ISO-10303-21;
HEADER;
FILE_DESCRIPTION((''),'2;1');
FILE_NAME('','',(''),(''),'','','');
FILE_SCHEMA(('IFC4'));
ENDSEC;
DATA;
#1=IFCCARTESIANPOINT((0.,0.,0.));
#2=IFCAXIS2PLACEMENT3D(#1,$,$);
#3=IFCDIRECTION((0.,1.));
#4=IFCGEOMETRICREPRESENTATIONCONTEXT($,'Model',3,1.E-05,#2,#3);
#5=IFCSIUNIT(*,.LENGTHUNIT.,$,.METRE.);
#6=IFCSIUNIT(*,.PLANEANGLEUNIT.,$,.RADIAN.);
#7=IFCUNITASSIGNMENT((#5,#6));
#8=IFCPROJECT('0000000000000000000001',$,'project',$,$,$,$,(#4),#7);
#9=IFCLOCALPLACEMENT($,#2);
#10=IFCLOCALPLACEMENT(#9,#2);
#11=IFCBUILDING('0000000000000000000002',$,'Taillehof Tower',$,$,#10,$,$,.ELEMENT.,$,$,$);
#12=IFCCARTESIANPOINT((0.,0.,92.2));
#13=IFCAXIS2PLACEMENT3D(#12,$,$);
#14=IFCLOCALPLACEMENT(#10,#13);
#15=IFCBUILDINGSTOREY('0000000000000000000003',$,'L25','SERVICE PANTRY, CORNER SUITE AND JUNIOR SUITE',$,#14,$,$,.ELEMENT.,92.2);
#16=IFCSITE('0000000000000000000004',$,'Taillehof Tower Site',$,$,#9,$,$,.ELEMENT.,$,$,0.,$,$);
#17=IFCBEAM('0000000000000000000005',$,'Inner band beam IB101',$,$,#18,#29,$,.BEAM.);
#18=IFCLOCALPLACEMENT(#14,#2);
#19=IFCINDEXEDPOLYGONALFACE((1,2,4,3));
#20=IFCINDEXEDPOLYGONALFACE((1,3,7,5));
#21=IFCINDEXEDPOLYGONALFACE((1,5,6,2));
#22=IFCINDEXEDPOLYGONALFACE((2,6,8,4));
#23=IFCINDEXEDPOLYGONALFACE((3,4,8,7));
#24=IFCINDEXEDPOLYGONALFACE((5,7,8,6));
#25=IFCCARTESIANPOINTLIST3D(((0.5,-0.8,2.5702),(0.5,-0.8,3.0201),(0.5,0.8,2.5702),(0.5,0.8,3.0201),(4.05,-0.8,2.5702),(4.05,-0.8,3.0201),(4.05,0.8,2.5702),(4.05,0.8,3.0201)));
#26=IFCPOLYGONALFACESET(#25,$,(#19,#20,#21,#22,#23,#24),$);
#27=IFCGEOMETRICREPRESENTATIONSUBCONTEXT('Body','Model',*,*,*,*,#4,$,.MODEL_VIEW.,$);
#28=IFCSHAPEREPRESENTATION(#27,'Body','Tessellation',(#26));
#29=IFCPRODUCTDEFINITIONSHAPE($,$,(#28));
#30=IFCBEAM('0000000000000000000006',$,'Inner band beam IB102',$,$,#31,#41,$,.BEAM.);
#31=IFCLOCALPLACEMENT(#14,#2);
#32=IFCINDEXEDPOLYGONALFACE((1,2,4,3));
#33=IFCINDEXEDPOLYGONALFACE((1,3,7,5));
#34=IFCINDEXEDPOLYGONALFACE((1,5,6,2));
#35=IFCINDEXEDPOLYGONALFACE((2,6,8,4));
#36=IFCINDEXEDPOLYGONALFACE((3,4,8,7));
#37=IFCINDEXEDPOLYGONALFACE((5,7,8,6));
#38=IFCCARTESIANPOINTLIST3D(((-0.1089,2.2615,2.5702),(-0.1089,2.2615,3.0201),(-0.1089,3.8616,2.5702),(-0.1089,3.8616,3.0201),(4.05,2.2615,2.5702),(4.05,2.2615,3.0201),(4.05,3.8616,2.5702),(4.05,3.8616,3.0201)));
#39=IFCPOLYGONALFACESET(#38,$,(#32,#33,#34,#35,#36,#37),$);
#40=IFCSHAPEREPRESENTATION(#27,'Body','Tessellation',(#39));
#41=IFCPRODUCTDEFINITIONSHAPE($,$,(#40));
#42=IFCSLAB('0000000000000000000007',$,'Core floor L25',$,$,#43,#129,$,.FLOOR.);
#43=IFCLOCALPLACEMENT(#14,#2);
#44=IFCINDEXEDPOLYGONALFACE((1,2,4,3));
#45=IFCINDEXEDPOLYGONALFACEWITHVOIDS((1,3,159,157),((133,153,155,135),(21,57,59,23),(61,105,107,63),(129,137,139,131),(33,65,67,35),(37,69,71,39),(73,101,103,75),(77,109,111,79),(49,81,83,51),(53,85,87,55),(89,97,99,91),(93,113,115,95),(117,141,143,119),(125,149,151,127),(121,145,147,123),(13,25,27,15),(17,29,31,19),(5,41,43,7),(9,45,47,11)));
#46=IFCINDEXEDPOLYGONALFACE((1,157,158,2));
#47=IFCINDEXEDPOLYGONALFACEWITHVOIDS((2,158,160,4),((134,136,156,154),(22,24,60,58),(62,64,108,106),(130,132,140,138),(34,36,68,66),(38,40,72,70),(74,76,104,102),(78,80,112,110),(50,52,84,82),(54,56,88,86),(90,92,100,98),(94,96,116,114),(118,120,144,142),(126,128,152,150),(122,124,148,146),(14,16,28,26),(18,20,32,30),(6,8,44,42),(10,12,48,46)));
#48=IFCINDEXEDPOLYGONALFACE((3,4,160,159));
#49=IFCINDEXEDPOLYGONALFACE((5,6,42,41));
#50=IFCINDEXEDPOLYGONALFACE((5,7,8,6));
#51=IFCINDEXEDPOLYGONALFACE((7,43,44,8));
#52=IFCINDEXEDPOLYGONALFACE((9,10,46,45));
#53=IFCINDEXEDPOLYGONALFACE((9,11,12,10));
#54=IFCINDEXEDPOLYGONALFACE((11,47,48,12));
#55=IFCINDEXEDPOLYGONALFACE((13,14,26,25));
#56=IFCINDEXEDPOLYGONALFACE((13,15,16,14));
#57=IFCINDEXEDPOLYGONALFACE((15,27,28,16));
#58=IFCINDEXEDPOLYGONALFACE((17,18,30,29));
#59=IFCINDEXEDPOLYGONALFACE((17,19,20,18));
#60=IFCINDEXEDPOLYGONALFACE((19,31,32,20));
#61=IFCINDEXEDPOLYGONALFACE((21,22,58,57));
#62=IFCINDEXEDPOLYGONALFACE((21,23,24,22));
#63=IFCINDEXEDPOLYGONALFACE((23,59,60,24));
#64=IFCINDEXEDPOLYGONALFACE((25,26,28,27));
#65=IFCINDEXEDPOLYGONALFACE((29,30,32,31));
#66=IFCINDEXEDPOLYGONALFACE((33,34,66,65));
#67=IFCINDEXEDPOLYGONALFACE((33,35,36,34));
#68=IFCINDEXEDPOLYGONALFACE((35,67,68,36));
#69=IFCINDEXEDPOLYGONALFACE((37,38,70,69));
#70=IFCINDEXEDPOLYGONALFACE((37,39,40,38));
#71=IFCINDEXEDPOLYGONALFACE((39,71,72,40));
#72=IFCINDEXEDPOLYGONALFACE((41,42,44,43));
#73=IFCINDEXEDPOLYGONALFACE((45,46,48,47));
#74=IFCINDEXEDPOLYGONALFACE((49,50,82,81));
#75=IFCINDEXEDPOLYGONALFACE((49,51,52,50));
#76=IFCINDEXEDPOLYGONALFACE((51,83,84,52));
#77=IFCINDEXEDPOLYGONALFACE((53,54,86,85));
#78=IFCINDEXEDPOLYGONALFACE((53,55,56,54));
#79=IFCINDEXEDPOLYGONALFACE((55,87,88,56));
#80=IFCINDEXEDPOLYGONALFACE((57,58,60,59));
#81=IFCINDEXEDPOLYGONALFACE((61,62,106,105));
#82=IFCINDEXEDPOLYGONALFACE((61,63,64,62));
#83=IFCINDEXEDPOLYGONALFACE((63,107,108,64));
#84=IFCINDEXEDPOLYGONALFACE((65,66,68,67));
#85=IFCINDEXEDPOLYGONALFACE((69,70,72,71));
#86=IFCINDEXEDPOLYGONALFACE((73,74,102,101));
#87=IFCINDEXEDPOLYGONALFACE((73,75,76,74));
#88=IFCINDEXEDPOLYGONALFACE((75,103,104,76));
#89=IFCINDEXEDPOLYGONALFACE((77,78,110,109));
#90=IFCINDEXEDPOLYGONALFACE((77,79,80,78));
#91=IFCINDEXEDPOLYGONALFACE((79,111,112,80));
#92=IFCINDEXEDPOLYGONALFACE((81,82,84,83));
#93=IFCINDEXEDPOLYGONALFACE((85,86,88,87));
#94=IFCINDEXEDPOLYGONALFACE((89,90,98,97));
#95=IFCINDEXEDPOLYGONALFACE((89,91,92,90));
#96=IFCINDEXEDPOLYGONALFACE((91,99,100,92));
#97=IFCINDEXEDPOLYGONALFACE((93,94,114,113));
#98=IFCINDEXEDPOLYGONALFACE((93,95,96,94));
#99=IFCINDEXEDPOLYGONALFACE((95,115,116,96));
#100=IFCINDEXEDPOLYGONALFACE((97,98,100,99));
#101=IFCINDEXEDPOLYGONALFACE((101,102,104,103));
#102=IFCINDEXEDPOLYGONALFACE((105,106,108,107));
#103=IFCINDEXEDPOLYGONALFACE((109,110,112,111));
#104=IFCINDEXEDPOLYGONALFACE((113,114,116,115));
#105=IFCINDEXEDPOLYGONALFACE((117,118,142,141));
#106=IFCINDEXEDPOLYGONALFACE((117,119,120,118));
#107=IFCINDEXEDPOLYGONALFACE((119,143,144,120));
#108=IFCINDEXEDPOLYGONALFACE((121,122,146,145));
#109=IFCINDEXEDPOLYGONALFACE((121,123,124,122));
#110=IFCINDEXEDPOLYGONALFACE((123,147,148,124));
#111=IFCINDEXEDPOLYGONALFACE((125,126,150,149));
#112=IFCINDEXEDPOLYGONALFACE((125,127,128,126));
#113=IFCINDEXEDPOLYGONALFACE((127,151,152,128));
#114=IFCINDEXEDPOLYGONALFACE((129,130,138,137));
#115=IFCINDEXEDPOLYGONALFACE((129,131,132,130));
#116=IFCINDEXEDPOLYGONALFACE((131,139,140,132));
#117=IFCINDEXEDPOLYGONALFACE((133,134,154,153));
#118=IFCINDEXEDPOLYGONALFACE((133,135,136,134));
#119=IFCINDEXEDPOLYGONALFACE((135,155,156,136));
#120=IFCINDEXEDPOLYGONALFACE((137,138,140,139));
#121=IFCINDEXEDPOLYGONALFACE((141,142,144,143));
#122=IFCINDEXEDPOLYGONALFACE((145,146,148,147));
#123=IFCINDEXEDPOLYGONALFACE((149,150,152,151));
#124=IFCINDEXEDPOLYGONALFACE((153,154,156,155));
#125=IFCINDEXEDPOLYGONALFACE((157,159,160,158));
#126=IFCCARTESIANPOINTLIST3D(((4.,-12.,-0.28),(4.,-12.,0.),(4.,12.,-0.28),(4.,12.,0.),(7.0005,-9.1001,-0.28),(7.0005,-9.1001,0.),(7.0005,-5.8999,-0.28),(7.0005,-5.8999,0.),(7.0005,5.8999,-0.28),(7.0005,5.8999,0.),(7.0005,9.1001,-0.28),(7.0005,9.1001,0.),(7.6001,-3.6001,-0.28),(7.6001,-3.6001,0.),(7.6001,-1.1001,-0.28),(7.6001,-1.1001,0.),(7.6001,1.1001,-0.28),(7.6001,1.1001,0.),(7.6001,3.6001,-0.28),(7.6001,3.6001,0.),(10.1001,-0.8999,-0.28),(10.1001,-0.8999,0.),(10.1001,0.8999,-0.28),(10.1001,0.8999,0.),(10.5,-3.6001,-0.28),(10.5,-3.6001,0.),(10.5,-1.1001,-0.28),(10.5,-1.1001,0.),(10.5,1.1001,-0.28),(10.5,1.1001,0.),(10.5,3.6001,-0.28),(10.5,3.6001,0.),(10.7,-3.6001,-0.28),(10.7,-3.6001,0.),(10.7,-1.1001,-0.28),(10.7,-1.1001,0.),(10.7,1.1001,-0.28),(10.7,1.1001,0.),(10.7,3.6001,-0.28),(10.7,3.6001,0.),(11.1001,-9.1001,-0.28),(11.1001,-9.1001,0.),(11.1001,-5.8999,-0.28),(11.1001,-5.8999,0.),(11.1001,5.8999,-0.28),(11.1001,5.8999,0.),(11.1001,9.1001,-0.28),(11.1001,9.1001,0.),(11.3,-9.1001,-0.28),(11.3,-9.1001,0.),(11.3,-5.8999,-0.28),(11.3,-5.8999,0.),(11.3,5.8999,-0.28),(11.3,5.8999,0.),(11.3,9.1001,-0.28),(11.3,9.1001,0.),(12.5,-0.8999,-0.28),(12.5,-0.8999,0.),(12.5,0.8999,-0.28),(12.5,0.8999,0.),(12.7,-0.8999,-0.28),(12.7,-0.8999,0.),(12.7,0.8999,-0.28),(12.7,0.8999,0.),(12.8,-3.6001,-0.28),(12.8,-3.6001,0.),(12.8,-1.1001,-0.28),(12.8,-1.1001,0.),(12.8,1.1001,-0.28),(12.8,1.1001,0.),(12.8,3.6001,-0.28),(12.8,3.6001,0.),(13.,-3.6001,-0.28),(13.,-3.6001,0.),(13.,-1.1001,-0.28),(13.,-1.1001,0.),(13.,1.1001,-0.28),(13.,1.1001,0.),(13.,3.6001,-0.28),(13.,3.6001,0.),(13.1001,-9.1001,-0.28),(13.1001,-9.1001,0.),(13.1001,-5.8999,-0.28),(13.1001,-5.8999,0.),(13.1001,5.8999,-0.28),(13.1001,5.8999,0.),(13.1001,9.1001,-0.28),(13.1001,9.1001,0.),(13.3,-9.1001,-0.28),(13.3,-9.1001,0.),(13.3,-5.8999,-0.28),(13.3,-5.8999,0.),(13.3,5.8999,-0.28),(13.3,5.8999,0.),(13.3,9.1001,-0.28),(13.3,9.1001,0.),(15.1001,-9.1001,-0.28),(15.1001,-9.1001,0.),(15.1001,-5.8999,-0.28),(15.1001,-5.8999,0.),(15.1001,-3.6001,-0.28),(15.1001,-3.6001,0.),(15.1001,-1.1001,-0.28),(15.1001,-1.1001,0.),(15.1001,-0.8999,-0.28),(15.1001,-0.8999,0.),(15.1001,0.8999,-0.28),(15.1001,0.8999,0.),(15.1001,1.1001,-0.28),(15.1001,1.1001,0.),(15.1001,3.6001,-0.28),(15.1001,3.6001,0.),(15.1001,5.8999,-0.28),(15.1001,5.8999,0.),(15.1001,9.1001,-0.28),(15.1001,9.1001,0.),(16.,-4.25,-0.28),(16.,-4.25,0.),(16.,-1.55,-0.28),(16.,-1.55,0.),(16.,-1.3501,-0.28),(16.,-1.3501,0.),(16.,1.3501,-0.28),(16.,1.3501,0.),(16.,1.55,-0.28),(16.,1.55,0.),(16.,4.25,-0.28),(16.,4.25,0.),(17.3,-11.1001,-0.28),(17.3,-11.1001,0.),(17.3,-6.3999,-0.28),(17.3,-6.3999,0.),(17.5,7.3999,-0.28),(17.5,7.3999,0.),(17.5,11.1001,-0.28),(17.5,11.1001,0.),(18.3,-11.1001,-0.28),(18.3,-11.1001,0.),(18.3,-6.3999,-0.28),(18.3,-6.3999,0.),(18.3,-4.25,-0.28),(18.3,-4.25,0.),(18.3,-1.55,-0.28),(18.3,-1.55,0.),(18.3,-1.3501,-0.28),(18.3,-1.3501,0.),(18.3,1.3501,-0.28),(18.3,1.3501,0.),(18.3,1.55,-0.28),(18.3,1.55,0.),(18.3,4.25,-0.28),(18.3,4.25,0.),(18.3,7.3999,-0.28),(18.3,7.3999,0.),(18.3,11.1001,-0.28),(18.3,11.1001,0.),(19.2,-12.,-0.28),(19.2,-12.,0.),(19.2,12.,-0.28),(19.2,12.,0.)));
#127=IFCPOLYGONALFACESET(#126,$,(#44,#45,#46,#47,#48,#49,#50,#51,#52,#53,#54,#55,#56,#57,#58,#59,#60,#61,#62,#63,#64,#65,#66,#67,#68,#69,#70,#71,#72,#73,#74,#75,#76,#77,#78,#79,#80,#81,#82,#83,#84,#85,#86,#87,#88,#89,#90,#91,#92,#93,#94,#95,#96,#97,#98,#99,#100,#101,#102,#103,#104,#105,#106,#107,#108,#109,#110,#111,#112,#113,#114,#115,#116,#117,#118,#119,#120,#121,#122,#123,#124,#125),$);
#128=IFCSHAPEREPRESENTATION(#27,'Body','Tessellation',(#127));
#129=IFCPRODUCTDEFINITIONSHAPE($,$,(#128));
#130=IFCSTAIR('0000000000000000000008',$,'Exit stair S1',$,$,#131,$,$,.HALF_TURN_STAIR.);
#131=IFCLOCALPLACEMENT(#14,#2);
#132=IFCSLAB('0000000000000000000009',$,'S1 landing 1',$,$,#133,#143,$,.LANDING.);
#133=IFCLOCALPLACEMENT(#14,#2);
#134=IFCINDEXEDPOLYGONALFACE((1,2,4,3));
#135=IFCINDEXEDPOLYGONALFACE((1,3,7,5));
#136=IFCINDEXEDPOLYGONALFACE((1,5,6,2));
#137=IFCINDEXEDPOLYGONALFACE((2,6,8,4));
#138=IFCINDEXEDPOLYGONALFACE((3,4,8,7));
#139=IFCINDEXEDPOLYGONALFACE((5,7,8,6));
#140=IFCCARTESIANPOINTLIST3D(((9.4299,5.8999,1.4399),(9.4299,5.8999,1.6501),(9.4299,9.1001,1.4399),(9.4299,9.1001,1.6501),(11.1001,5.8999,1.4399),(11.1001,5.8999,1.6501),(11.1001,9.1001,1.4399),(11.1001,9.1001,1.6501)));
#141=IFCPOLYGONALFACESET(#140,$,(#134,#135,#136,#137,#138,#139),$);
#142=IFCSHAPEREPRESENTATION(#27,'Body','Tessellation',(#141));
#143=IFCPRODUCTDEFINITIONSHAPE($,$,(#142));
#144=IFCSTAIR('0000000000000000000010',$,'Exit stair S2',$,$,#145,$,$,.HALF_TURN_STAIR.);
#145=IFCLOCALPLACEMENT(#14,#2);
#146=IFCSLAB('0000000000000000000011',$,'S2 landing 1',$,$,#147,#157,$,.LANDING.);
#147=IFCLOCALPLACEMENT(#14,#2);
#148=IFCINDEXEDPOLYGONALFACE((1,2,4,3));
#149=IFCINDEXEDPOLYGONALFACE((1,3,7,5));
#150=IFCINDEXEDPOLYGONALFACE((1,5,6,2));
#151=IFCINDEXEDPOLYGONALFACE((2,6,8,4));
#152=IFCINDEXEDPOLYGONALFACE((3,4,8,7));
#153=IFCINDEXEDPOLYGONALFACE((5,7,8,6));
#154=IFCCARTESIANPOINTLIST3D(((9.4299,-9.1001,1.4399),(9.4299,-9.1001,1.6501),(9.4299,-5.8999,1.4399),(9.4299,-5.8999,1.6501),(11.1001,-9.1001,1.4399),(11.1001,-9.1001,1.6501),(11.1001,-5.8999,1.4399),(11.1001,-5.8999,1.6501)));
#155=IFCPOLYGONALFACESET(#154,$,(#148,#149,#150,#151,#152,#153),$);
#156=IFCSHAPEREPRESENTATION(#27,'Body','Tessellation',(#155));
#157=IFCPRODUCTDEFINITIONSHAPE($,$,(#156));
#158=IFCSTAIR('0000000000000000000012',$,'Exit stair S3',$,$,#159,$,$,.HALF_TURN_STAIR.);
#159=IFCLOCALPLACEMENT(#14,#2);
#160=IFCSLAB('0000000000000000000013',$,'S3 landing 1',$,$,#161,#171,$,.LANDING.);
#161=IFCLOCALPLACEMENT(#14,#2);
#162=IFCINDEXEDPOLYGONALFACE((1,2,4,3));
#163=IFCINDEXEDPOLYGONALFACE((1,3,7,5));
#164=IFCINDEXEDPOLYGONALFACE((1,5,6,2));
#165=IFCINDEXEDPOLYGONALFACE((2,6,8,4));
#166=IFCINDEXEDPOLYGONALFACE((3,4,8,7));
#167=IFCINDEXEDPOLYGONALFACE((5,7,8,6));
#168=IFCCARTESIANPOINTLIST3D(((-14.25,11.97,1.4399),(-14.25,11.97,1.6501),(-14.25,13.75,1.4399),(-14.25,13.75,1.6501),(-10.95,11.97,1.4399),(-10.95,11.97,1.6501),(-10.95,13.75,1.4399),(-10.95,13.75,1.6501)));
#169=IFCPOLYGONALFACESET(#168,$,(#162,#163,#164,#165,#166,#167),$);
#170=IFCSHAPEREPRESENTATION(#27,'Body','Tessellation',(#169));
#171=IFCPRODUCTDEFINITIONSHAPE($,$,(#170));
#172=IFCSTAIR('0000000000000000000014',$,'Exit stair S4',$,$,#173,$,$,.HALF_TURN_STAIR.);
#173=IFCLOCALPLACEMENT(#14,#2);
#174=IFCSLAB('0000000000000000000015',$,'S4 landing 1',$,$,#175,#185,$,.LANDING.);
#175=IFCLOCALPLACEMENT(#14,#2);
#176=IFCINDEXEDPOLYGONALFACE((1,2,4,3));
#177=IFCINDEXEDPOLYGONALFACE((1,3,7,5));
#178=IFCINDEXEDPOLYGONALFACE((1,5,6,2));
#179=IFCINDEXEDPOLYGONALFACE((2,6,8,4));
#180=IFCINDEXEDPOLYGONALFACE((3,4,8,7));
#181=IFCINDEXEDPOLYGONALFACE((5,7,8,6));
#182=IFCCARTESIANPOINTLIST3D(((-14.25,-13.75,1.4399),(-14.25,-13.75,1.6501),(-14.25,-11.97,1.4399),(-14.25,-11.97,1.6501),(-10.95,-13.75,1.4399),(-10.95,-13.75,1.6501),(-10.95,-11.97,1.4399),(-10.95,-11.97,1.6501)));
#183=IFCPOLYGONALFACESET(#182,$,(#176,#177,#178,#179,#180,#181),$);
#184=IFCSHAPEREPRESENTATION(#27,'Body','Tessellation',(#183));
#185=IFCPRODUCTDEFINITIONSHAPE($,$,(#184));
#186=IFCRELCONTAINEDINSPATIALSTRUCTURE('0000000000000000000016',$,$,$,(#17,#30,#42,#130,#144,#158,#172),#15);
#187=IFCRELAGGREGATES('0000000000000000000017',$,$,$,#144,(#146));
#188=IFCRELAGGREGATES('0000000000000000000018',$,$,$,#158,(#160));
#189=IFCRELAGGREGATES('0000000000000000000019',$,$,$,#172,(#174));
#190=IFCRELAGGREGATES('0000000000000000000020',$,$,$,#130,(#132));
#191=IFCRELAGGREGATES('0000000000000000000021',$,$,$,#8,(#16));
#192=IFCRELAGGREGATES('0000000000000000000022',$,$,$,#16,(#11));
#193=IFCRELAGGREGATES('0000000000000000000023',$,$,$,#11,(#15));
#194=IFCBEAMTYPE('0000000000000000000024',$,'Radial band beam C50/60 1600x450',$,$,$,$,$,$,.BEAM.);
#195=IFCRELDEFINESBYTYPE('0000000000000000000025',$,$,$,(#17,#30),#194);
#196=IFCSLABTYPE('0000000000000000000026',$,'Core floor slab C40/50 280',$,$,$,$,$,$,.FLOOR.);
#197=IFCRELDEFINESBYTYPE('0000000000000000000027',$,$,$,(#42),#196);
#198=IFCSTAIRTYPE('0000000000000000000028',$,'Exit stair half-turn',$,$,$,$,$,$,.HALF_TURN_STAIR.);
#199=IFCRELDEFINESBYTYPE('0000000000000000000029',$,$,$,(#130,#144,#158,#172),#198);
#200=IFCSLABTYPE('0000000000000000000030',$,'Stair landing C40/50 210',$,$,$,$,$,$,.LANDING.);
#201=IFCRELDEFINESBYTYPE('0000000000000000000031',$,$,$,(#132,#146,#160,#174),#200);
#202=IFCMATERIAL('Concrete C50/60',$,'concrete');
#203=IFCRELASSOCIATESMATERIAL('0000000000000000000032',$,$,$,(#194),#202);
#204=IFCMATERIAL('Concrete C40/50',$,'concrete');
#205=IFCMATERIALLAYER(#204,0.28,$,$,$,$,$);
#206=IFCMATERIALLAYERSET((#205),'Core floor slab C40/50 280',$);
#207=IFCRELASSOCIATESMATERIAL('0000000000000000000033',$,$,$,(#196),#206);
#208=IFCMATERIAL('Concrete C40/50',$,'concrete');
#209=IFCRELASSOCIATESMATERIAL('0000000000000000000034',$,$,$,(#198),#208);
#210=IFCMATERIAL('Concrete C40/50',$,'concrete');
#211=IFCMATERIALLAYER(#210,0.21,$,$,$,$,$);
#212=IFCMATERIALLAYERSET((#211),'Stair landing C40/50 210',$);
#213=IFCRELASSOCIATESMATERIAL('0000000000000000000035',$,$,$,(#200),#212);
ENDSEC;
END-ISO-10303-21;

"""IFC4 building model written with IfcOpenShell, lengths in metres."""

from ifc_helpers import new_model, si_unit, direction, frame, origin, origin_2d, place, context, subcontext, project, spatial, polyline, rectangle, outline, extrude, material, layer, layer_set, material_profile, profile_set, type_object, element, aggregate, save


model = new_model("IFC4")

# Units and contexts
model_context = context("Model", 3, precision=1e-05, world=origin(), true_north=direction((0.0, 1.0)))
body_context = subcontext(model_context, "Body", "Model", "MODEL_VIEW")
ifc_project = project(units=[si_unit("LENGTHUNIT", "METRE"), si_unit("PLANEANGLEUNIT", "RADIAN")], contexts=[model_context])

# Site, building, storey
site_placement = place(None, origin())
site = spatial("IfcSite", under=ifc_project, at=site_placement, Name="Taillehof Tower Site", CompositionType="ELEMENT", RefElevation=0.0)
building_placement = place(site_placement, origin())
building = spatial("IfcBuilding", under=site, at=building_placement, Name="Taillehof Tower", CompositionType="ELEMENT")
storey_placement = place(building_placement, frame((0.0, 0.0, 92.2)))
storey = spatial("IfcBuildingStorey", under=building, at=storey_placement, Name="L25", Description="SERVICE PANTRY, CORNER SUITE AND JUNIOR SUITE", CompositionType="ELEMENT", Elevation=92.2)

# Beams
ifc_material_1 = material(Name="Concrete C50/60", Category="concrete")
ifc_material_profile = material_profile(ifc_material_1, rectangle(XDim=1.6001, YDim=0.45, at=origin_2d()), Name="RC 1600x450")
ifc_profile_set = profile_set([ifc_material_profile], Name="Concrete C50/60")
beam_type = type_object("IfcBeamType", Name="Radial band beam C50/60 1600x450", PredefinedType="BEAM", material=ifc_profile_set)
beam_1_placement = place(storey_placement, frame((0.5, 0.0, 2.7952), z_axis=(1.0, 0.0, 0.0), x_axis=(0.0, 1.0, 0.0)))
element("IfcBeam", 1, at=beam_1_placement, inside=storey, type_object=beam_type, Name="Inner band beam IB101", PredefinedType="BEAM", context=body_context, shape_type="SweptSolid", body=[
    extrude(rectangle(XDim=1.6001, YDim=0.45, at=origin_2d()), origin(), (0.0, 0.0, 1.0), 3.55),
])
beam_2_placement = place(storey_placement, frame((-0.1089, 3.0615, 2.7952), z_axis=(1.0, 0.0, 0.0), x_axis=(0.0, 1.0, 0.0)))
element("IfcBeam", 2, at=beam_2_placement, inside=storey, type_object=beam_type, Name="Inner band beam IB102", PredefinedType="BEAM", context=body_context, shape_type="SweptSolid", body=[
    extrude(rectangle(XDim=1.6001, YDim=0.45, at=origin_2d()), origin(), (0.0, 0.0, 1.0), 4.1589),
])

# Slab
ifc_material_2 = material(Name="Concrete C40/50", Category="concrete")
ifc_layer_1 = layer(ifc_material_2, 0.28)
ifc_layer_set_1 = layer_set([ifc_layer_1], Name="Core floor slab C40/50 280")
slab_type_1 = type_object("IfcSlabType", Name="Core floor slab C40/50 280", PredefinedType="FLOOR", material=ifc_layer_set_1)
slab_1_placement = place(storey_placement, frame((0.0, 0.0, -0.28)))
element("IfcSlab", 3, at=slab_1_placement, inside=storey, type_object=slab_type_1, Name="Core floor L25", PredefinedType="FLOOR", context=body_context, shape_type="SweptSolid", body=[
    extrude(outline(polyline([(4.0, -12.0), (4.0, 12.0), (19.2, 12.0), (19.2, -12.0), (4.0, -12.0)]), holes=[polyline([(7.0005, -9.1001), (11.1001, -9.1001), (11.1001, -5.8999), (7.0005, -5.8999), (7.0005, -9.1001)]), polyline([(13.1001, -9.1001), (13.1001, -5.8999), (11.3, -5.8999), (11.3, -9.1001), (13.1001, -9.1001)]), polyline([(10.5, -3.6001), (10.5, -1.1001), (7.6001, -1.1001), (7.6001, -3.6001), (10.5, -3.6001)]), polyline([(12.8, -3.6001), (12.8, -1.1001), (10.7, -1.1001), (10.7, -3.6001), (12.8, -3.6001)]), polyline([(12.5, -0.8999), (12.5, 0.8999), (10.1001, 0.8999), (10.1001, -0.8999), (12.5, -0.8999)]), polyline([(15.1001, -0.8999), (15.1001, 0.8999), (12.7, 0.8999), (12.7, -0.8999), (15.1001, -0.8999)]), polyline([(10.5, 1.1001), (10.5, 3.6001), (7.6001, 3.6001), (7.6001, 1.1001), (10.5, 1.1001)]), polyline([(10.7, 1.1001), (12.8, 1.1001), (12.8, 3.6001), (10.7, 3.6001), (10.7, 1.1001)]), polyline([(11.3, 5.8999), (13.1001, 5.8999), (13.1001, 9.1001), (11.3, 9.1001), (11.3, 5.8999)]), polyline([(11.1001, 5.8999), (11.1001, 9.1001), (7.0005, 9.1001), (7.0005, 5.8999), (11.1001, 5.8999)]), polyline([(18.3, -11.1001), (18.3, -6.3999), (17.3, -6.3999), (17.3, -11.1001), (18.3, -11.1001)]), polyline([(15.1001, -9.1001), (15.1001, -5.8999), (13.3, -5.8999), (13.3, -9.1001), (15.1001, -9.1001)]), polyline([(16.0, -4.25), (18.3, -4.25), (18.3, -1.55), (16.0, -1.55), (16.0, -4.25)]), polyline([(13.0, -3.6001), (15.1001, -3.6001), (15.1001, -1.1001), (13.0, -1.1001), (13.0, -3.6001)]), polyline([(18.3, -1.3501), (18.3, 1.3501), (16.0, 1.3501), (16.0, -1.3501), (18.3, -1.3501)]), polyline([(15.1001, 1.1001), (15.1001, 3.6001), (13.0, 3.6001), (13.0, 1.1001), (15.1001, 1.1001)]), polyline([(18.3, 1.55), (18.3, 4.25), (16.0, 4.25), (16.0, 1.55), (18.3, 1.55)]), polyline([(13.3, 5.8999), (15.1001, 5.8999), (15.1001, 9.1001), (13.3, 9.1001), (13.3, 5.8999)]), polyline([(17.5, 7.3999), (18.3, 7.3999), (18.3, 11.1001), (17.5, 11.1001), (17.5, 7.3999)])]), origin(), (0.0, 0.0, 1.0), 0.28),
])

# Stairs, slabs
ifc_material_3 = material(Name="Concrete C40/50", Category="concrete")
stair_type = type_object("IfcStairType", Name="Exit stair half-turn", PredefinedType="HALF_TURN_STAIR", material=ifc_material_3)
stair_1_placement = place(storey_placement, origin())
stair_1 = element("IfcStair", 4, at=stair_1_placement, inside=storey, type_object=stair_type, Name="Exit stair S1", PredefinedType="HALF_TURN_STAIR")
ifc_material_4 = material(Name="Concrete C40/50", Category="concrete")
ifc_layer_2 = layer(ifc_material_4, 0.21)
ifc_layer_set_2 = layer_set([ifc_layer_2], Name="Stair landing C40/50 210")
slab_type_2 = type_object("IfcSlabType", Name="Stair landing C40/50 210", PredefinedType="LANDING", material=ifc_layer_set_2)
slab_2_placement = place(storey_placement, frame((0.0, 0.0, 1.4399)))
slab_2 = element("IfcSlab", 5, at=slab_2_placement, type_object=slab_type_2, Name="S1 landing 1", PredefinedType="LANDING", context=body_context, shape_type="SweptSolid", body=[
    extrude(outline(polyline([(9.4299, 5.8999), (11.1001, 5.8999), (11.1001, 9.1001), (9.4299, 9.1001), (9.4299, 5.8999)])), origin(), (0.0, 0.0, 1.0), 0.2102),
])
stair_2_placement = place(storey_placement, origin())
stair_2 = element("IfcStair", 6, at=stair_2_placement, inside=storey, type_object=stair_type, Name="Exit stair S2", PredefinedType="HALF_TURN_STAIR")
slab_3_placement = place(storey_placement, frame((0.0, 0.0, 1.4399)))
slab_3 = element("IfcSlab", 7, at=slab_3_placement, type_object=slab_type_2, Name="S2 landing 1", PredefinedType="LANDING", context=body_context, shape_type="SweptSolid", body=[
    extrude(outline(polyline([(9.4299, -5.8999), (11.1001, -5.8999), (11.1001, -9.1001), (9.4299, -9.1001), (9.4299, -5.8999)])), origin(), (0.0, 0.0, 1.0), 0.2102),
])
aggregate(stair_2, [slab_3])
stair_3_placement = place(storey_placement, origin())
stair_3 = element("IfcStair", 8, at=stair_3_placement, inside=storey, type_object=stair_type, Name="Exit stair S3", PredefinedType="HALF_TURN_STAIR")
slab_4_placement = place(storey_placement, frame((0.0, 0.0, 1.4399)))
slab_4 = element("IfcSlab", 9, at=slab_4_placement, type_object=slab_type_2, Name="S3 landing 1", PredefinedType="LANDING", context=body_context, shape_type="SweptSolid", body=[
    extrude(outline(polyline([(-14.25, 11.97), (-14.25, 13.75), (-10.95, 13.75), (-10.95, 11.97), (-14.25, 11.97)])), origin(), (0.0, 0.0, 1.0), 0.2102),
])
aggregate(stair_3, [slab_4])
stair_4_placement = place(storey_placement, origin())
stair_4 = element("IfcStair", 10, at=stair_4_placement, inside=storey, type_object=stair_type, Name="Exit stair S4", PredefinedType="HALF_TURN_STAIR")
slab_5_placement = place(storey_placement, frame((0.0, 0.0, 1.4399)))
slab_5 = element("IfcSlab", 11, at=slab_5_placement, type_object=slab_type_2, Name="S4 landing 1", PredefinedType="LANDING", context=body_context, shape_type="SweptSolid", body=[
    extrude(outline(polyline([(-14.25, -11.97), (-14.25, -13.75), (-10.95, -13.75), (-10.95, -11.97), (-14.25, -11.97)])), origin(), (0.0, 0.0, 1.0), 0.2102),
])
aggregate(stair_4, [slab_5])

aggregate(stair_1, [slab_2])

save(model, "model.ifc")
